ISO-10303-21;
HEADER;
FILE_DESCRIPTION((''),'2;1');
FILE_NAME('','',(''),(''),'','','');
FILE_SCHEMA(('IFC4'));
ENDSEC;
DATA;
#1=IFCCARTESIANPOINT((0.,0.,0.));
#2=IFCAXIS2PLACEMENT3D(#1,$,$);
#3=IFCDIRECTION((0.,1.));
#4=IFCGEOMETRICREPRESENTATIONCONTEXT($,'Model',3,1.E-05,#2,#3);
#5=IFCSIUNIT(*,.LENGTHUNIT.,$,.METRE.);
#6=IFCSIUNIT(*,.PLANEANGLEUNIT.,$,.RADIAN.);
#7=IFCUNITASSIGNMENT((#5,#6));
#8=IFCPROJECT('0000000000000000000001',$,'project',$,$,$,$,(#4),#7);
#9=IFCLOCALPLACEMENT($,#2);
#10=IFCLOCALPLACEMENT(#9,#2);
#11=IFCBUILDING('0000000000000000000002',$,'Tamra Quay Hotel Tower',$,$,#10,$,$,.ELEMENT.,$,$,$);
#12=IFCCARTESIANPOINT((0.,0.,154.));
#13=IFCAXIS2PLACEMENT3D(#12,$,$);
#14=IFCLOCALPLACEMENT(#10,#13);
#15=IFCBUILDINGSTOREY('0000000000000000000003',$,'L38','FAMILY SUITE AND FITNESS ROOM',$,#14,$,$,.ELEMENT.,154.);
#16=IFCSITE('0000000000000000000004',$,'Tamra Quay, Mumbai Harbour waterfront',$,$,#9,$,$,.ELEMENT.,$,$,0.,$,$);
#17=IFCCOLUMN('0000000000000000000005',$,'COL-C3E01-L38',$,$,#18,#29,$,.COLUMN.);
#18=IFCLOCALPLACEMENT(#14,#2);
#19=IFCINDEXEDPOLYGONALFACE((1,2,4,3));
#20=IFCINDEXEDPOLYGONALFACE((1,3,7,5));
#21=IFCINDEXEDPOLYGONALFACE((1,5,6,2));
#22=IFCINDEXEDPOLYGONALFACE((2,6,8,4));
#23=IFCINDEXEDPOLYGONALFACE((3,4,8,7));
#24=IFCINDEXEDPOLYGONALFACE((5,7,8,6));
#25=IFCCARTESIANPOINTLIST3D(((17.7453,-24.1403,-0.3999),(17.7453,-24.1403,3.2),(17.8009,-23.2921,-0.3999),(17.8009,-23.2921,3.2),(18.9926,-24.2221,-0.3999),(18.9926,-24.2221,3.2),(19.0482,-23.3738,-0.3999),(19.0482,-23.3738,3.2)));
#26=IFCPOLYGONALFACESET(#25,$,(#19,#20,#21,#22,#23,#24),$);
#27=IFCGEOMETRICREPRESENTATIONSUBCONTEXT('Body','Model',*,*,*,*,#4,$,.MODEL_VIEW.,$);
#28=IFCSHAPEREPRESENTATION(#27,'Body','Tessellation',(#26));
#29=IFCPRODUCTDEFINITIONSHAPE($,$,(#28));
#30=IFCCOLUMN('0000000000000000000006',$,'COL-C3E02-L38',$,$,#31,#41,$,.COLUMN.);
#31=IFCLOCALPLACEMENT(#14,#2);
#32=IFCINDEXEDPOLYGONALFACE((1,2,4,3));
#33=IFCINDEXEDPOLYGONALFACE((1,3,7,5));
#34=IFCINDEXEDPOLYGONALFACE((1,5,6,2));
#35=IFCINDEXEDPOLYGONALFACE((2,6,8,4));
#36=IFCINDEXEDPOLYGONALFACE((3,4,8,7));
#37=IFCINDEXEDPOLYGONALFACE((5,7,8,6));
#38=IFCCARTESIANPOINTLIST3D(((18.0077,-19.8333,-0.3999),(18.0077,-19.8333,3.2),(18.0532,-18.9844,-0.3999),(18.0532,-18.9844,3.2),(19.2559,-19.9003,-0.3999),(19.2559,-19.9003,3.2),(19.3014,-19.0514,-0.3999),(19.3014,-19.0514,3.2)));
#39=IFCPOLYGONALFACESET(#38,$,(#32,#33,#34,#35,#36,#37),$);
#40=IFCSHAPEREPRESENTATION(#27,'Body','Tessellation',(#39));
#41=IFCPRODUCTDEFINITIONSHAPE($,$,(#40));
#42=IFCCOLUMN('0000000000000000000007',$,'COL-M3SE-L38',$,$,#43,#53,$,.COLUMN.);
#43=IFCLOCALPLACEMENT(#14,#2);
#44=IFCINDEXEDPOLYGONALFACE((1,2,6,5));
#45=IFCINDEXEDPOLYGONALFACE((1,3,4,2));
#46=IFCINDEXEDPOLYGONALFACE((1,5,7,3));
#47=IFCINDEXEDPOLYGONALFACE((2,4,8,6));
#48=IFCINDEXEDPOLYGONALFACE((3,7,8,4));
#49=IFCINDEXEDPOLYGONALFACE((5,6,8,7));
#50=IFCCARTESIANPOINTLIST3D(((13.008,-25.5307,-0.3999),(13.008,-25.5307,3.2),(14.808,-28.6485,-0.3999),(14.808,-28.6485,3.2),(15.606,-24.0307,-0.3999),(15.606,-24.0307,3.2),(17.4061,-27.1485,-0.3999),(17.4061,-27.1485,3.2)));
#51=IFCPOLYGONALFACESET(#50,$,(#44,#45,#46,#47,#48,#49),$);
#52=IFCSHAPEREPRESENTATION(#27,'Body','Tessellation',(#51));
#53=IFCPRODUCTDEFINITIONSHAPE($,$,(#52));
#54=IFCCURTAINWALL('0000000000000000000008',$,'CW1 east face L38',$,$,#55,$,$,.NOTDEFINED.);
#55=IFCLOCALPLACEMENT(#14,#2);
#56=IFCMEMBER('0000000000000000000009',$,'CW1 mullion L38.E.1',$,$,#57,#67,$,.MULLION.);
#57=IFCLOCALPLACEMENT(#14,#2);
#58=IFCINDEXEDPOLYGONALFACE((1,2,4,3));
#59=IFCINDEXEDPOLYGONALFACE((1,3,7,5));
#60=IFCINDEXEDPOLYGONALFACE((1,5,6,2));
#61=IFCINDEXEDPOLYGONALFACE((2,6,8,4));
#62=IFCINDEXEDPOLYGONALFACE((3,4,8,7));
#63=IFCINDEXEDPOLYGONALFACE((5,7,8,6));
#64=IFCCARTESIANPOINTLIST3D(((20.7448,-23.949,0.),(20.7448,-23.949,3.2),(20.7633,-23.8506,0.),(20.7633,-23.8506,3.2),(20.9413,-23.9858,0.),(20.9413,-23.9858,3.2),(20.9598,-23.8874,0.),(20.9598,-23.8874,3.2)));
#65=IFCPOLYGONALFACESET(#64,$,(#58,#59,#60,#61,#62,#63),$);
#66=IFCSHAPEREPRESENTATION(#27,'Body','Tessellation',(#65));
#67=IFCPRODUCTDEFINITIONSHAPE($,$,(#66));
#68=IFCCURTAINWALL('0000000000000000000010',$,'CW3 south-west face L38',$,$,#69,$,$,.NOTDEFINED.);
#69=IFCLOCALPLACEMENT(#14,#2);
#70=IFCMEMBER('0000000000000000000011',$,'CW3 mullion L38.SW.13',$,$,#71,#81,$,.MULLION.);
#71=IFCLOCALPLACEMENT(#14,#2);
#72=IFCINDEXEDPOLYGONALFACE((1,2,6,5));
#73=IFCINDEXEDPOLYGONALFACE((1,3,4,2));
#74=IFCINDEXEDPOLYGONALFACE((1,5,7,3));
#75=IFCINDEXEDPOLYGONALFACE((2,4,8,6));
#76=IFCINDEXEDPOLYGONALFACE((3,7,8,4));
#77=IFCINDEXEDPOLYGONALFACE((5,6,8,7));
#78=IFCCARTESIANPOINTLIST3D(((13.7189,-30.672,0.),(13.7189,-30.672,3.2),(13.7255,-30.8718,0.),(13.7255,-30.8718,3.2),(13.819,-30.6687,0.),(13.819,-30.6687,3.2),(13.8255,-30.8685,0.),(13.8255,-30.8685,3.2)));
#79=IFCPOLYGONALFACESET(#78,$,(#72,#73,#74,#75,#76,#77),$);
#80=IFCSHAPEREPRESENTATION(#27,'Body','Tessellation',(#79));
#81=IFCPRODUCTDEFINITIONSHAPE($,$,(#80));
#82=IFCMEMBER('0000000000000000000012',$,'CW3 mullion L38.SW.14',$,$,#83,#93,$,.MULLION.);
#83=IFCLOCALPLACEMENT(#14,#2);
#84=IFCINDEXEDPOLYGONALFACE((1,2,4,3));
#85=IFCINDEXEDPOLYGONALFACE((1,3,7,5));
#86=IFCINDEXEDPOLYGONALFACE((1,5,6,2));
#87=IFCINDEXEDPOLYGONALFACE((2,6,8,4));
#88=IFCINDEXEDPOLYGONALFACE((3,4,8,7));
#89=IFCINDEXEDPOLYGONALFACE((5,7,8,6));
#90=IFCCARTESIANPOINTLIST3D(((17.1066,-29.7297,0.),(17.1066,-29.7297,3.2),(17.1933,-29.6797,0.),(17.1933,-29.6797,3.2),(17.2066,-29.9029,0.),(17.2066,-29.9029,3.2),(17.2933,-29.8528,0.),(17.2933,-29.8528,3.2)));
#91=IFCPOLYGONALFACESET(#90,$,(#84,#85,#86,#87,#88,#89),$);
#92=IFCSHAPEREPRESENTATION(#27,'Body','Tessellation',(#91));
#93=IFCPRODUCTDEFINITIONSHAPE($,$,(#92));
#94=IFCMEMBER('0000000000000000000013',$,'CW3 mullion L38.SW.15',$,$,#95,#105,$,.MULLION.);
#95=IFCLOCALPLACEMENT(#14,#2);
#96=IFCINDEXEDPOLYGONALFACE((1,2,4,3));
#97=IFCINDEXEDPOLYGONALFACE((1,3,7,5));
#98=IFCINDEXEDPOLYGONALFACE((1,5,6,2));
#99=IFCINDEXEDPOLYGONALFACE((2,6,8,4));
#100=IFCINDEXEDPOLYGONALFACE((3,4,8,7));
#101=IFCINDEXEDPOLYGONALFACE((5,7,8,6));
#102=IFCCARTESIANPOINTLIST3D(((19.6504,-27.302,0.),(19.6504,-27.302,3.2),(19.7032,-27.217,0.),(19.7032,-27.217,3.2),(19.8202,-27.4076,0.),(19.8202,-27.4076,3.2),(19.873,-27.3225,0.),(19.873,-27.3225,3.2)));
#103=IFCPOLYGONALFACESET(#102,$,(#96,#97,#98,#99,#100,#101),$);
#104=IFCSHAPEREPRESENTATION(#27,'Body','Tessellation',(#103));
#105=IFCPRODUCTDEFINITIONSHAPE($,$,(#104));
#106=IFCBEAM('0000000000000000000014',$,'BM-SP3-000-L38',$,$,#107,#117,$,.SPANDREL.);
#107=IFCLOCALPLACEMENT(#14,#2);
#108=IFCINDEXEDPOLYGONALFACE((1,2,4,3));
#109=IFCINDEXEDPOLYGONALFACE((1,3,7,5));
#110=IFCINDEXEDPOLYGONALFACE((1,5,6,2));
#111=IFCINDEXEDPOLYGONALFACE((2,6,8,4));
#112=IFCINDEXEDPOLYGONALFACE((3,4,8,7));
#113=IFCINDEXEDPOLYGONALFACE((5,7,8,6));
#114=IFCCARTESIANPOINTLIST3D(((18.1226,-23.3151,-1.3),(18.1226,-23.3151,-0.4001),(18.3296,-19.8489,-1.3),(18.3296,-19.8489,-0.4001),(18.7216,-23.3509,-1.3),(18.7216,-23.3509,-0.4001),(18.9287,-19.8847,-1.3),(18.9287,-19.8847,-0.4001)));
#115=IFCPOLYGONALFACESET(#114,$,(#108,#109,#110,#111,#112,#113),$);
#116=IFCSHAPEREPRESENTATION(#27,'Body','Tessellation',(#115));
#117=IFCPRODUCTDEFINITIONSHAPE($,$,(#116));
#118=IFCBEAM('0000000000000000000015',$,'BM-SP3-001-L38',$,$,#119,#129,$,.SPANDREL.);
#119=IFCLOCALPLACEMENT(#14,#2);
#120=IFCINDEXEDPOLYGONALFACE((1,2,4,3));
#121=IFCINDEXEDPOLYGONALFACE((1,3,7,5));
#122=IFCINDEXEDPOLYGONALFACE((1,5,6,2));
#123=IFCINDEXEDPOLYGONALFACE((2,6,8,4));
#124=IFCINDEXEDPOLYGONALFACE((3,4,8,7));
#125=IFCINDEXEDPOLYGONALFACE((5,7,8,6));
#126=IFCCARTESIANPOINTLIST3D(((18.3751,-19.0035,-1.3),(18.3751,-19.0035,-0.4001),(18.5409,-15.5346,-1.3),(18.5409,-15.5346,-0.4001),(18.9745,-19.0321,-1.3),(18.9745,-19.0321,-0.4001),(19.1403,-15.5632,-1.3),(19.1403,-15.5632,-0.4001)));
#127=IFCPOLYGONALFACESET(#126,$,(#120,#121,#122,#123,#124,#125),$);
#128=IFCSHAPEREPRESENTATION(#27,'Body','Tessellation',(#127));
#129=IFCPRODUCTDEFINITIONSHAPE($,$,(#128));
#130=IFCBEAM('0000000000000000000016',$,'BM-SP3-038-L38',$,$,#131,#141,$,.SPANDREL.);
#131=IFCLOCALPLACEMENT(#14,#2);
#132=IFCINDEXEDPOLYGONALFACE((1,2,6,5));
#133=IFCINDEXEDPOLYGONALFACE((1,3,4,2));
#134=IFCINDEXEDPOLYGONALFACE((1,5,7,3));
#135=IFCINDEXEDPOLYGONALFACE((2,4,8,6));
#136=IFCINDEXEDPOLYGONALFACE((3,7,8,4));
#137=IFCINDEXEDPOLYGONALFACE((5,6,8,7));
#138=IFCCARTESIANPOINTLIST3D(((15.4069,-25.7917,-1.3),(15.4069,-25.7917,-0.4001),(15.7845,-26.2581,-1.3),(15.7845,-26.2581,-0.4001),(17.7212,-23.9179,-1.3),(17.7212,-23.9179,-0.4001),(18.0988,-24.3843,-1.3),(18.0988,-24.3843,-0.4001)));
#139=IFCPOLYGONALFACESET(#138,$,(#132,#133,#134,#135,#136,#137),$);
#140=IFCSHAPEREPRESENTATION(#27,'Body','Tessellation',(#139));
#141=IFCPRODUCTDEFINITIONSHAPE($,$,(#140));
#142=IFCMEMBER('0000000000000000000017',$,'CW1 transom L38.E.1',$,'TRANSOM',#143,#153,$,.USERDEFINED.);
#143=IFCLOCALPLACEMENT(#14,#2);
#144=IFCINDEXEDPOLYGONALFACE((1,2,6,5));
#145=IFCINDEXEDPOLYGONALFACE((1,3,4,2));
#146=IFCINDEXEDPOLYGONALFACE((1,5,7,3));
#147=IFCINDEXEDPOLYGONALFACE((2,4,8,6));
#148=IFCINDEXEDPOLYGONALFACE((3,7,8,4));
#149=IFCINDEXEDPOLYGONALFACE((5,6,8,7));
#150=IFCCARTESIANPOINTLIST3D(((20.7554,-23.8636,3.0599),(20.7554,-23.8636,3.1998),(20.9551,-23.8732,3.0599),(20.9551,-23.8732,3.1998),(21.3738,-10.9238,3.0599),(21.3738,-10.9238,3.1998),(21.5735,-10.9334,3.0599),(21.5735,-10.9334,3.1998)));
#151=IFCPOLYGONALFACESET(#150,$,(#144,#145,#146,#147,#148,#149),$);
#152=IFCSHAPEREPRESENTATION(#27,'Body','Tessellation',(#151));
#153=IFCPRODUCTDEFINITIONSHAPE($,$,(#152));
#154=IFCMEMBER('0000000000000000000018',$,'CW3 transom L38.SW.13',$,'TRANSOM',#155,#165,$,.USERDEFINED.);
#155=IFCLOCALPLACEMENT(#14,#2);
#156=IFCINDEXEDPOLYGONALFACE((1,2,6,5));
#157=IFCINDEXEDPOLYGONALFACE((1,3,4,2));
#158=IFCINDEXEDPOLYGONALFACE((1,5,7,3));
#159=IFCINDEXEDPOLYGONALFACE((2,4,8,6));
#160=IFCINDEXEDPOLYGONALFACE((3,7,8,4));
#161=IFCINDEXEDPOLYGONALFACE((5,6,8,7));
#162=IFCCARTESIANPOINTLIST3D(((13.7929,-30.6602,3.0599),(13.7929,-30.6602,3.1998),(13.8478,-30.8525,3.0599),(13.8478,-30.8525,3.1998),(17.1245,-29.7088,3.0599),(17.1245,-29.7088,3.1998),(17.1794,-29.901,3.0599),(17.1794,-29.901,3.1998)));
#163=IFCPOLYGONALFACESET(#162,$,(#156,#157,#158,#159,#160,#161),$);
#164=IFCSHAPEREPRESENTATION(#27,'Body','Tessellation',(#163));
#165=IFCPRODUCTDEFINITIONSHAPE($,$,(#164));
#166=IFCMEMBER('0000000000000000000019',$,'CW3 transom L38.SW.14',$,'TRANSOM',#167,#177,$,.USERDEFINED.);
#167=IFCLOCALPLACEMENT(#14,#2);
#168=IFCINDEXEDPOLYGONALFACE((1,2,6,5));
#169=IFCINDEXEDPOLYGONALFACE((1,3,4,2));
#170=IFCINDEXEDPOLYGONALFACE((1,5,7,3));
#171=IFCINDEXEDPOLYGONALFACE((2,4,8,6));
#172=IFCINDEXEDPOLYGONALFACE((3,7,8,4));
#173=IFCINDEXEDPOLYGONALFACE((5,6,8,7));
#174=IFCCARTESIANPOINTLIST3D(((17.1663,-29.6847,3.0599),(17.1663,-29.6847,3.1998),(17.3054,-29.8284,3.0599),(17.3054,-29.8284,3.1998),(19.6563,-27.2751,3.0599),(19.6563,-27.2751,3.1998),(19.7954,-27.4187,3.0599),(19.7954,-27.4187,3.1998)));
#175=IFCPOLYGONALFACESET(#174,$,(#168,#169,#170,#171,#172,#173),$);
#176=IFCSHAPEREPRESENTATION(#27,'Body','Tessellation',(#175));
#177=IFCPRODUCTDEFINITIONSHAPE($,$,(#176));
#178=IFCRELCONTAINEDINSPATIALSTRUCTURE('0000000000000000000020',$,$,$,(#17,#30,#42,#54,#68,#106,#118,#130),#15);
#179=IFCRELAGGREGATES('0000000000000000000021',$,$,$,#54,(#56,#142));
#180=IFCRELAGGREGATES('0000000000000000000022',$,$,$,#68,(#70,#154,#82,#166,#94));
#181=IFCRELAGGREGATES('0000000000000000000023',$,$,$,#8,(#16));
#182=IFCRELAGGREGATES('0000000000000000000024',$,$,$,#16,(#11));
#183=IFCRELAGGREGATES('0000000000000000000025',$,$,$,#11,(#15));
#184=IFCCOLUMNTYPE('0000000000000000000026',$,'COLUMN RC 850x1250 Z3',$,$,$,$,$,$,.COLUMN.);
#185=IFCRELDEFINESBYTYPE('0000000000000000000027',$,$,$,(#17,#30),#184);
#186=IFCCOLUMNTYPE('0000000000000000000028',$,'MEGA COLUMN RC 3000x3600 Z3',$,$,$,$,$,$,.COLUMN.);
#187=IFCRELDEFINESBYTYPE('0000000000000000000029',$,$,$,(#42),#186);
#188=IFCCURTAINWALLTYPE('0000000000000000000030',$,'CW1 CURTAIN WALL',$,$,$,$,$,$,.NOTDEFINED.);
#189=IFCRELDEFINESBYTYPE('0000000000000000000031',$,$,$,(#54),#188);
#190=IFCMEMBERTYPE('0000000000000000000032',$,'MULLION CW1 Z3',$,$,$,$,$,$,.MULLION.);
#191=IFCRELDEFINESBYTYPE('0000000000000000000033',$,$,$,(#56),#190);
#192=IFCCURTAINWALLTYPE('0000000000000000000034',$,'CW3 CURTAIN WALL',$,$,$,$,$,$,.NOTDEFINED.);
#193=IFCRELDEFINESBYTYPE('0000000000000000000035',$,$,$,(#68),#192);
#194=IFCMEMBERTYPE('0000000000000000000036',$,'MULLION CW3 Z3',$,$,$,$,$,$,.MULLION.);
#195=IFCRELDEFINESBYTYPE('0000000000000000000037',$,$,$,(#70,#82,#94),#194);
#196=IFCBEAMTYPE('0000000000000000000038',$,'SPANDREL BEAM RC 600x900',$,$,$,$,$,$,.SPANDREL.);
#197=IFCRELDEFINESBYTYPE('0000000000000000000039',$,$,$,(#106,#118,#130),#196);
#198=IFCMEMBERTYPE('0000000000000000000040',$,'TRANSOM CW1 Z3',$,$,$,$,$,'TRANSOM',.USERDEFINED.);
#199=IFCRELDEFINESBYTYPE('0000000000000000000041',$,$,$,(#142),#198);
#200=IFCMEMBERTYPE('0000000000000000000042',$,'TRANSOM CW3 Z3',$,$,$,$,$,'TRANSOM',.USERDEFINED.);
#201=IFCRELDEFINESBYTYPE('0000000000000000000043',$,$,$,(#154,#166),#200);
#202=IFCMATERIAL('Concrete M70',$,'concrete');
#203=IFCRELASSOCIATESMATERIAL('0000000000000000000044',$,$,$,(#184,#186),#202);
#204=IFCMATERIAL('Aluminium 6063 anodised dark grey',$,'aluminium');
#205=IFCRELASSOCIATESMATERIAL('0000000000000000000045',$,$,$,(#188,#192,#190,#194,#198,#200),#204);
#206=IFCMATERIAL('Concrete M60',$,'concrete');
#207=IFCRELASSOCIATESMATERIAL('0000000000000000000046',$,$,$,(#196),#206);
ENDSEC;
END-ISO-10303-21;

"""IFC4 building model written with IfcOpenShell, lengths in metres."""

from ifc_helpers import new_model, si_unit, direction, frame, origin, origin_2d, place, context, subcontext, project, spatial, rectangle, extrude, material, material_profile, profile_set, type_object, element, aggregate, save


model = new_model("IFC4")

# Units and contexts
model_context = context("Model", 3, precision=1e-05, world=origin(), true_north=direction((0.0, 1.0)))
body_context = subcontext(model_context, "Body", "Model", "MODEL_VIEW")
ifc_project = project(units=[si_unit("LENGTHUNIT", "METRE"), si_unit("PLANEANGLEUNIT", "RADIAN")], contexts=[model_context])

# Site, building, storey
site_placement = place(None, origin())
site = spatial("IfcSite", under=ifc_project, at=site_placement, Name="Tamra Quay, Mumbai Harbour waterfront", CompositionType="ELEMENT", RefElevation=0.0)
building_placement = place(site_placement, origin())
building = spatial("IfcBuilding", under=site, at=building_placement, Name="Tamra Quay Hotel Tower", CompositionType="ELEMENT")
storey_placement = place(building_placement, frame((0.0, 0.0, 154.0)))
storey = spatial("IfcBuildingStorey", under=building, at=storey_placement, Name="L38", Description="FAMILY SUITE AND FITNESS ROOM", CompositionType="ELEMENT", Elevation=154.0)

# Columns
ifc_material_1 = material(Name="Concrete M70", Category="concrete")
ifc_material_profile_1 = material_profile(ifc_material_1, rectangle(XDim=1.25, YDim=0.8501, at=origin_2d()), Name="COLUMN RC 850x1250 Z3")
ifc_profile_set_1 = profile_set([ifc_material_profile_1], Name="Concrete M70")
column_type_1 = type_object("IfcColumnType", Name="COLUMN RC 850x1250 Z3", PredefinedType="COLUMN", material=ifc_profile_set_1)
for number, where, z_axis, x_axis, name in (
    (1, (18.3967, -23.7571, -0.3999), (0.0, 0.0, 1.0), (-0.997858, 0.065419, 0.0), "COL-C3E01-L38"),
    (2, (18.6545, -19.4424, -0.3999), (0.0, 0.0, 1.0), (-0.998562, 0.053603, 0.0), "COL-C3E02-L38"),
):
    element("IfcColumn", number, at=place(storey_placement, frame(where, z_axis=z_axis, x_axis=x_axis)), inside=storey, type_object=column_type_1, Name=name, PredefinedType="COLUMN", context=body_context, shape_type="SweptSolid", body=[
        extrude(rectangle(XDim=1.25, YDim=0.8501, at=origin_2d()), origin(), (0.0, 0.0, 1.0), 3.5999),
    ])
ifc_material_profile_2 = material_profile(ifc_material_1, rectangle(XDim=3.6001, YDim=3.0, at=origin_2d()), Name="MEGA COLUMN RC 3000x3600 Z3")
ifc_profile_set_2 = profile_set([ifc_material_profile_2], Name="Concrete M70")
column_type_2 = type_object("IfcColumnType", Name="MEGA COLUMN RC 3000x3600 Z3", PredefinedType="COLUMN", material=ifc_profile_set_2)
column_placement = place(storey_placement, frame((15.207, -26.3396, -0.3999), z_axis=(0.0, 0.0, 1.0), x_axis=(-0.5, 0.866025, 0.0)))
element("IfcColumn", 3, at=column_placement, inside=storey, type_object=column_type_2, Name="COL-M3SE-L38", PredefinedType="COLUMN", context=body_context, shape_type="SweptSolid", body=[
    extrude(rectangle(XDim=3.6001, YDim=3.0, at=origin_2d()), origin(), (0.0, 0.0, 1.0), 3.5999),
])

# Curtain wall, member
ifc_material_2 = material(Name="Aluminium 6063 anodised dark grey", Category="aluminium")
curtain_wall_type_1 = type_object("IfcCurtainWallType", Name="CW1 CURTAIN WALL", PredefinedType="NOTDEFINED", material=ifc_material_2)
curtain_wall_1_placement = place(storey_placement, origin())
curtain_wall_1 = element("IfcCurtainWall", 4, at=curtain_wall_1_placement, inside=storey, type_object=curtain_wall_type_1, Name="CW1 east face L38", PredefinedType="NOTDEFINED")
ifc_material_profile_3 = material_profile(ifc_material_2, rectangle(XDim=0.2, YDim=0.1001, at=origin_2d()), Name="MULLION 100X200")
ifc_profile_set_3 = profile_set([ifc_material_profile_3], Name="Aluminium 6063 anodised dark grey")
member_type_1 = type_object("IfcMemberType", Name="MULLION CW1 Z3", PredefinedType="MULLION", material=ifc_profile_set_3)
member_1_placement = place(storey_placement, frame((20.8523, -23.9182, 0.0), z_axis=(0.0, 0.0, 1.0), x_axis=(0.982883, -0.18423, 0.0)))
member_1 = element("IfcMember", 5, at=member_1_placement, type_object=member_type_1, Name="CW1 mullion L38.E.1", PredefinedType="MULLION", context=body_context, shape_type="SweptSolid", body=[
    extrude(rectangle(XDim=0.2, YDim=0.1001, at=origin_2d()), origin(), (0.0, 0.0, 1.0), 3.2),
])

# Curtain wall, members
curtain_wall_type_2 = type_object("IfcCurtainWallType", Name="CW3 CURTAIN WALL", PredefinedType="NOTDEFINED", material=ifc_material_2)
curtain_wall_2_placement = place(storey_placement, origin())
curtain_wall_2 = element("IfcCurtainWall", 6, at=curtain_wall_2_placement, inside=storey, type_object=curtain_wall_type_2, Name="CW3 south-west face L38", PredefinedType="NOTDEFINED")
ifc_material_profile_4 = material_profile(ifc_material_2, rectangle(XDim=0.2, YDim=0.1001, at=origin_2d()), Name="MULLION 100X200")
ifc_profile_set_4 = profile_set([ifc_material_profile_4], Name="Aluminium 6063 anodised dark grey")
member_type_2 = type_object("IfcMemberType", Name="MULLION CW3 Z3", PredefinedType="MULLION", material=ifc_profile_set_4)
member_2_placement = place(storey_placement, frame((13.7722, -30.7703, 0.0), z_axis=(0.0, 0.0, 1.0), x_axis=(0.032727, -0.999464, 0.0)))
member_2 = element("IfcMember", 7, at=member_2_placement, type_object=member_type_2, Name="CW3 mullion L38.SW.13", PredefinedType="MULLION", context=body_context, shape_type="SweptSolid", body=[
    extrude(rectangle(XDim=0.2, YDim=0.1001, at=origin_2d()), origin(), (0.0, 0.0, 1.0), 3.2),
])
member_3_placement = place(storey_placement, frame((17.2, -29.7913, 0.0), z_axis=(0.0, 0.0, 1.0), x_axis=(0.5, -0.866025, 0.0)))
member_3 = element("IfcMember", 8, at=member_3_placement, type_object=member_type_2, Name="CW3 mullion L38.SW.14", PredefinedType="MULLION", context=body_context, shape_type="SweptSolid", body=[
    extrude(rectangle(XDim=0.2, YDim=0.1001, at=origin_2d()), origin(), (0.0, 0.0, 1.0), 3.2),
])
member_4_placement = place(storey_placement, frame((19.7617, -27.3123, 0.0), z_axis=(0.0, 0.0, 1.0), x_axis=(0.849198, -0.528075, 0.0)))
member_4 = element("IfcMember", 9, at=member_4_placement, type_object=member_type_2, Name="CW3 mullion L38.SW.15", PredefinedType="MULLION", context=body_context, shape_type="SweptSolid", body=[
    extrude(rectangle(XDim=0.2, YDim=0.1001, at=origin_2d()), origin(), (0.0, 0.0, 1.0), 3.2),
])

# Beams
ifc_material_3 = material(Name="Concrete M60", Category="concrete")
ifc_material_profile_5 = material_profile(ifc_material_3, rectangle(XDim=0.6001, YDim=0.8999, at=origin_2d()), Name="SPANDREL BEAM RC 600x900")
ifc_profile_set_5 = profile_set([ifc_material_profile_5], Name="Concrete M60")
beam_type = type_object("IfcBeamType", Name="SPANDREL BEAM RC 600x900", PredefinedType="SPANDREL", material=ifc_profile_set_5)
beam_1_placement = place(storey_placement, frame((18.4221, -23.333, -0.8501), z_axis=(0.05962, 0.998221, 0.0), x_axis=(-0.998221, 0.05962, 0.0)))
element("IfcBeam", 10, at=beam_1_placement, inside=storey, type_object=beam_type, Name="BM-SP3-000-L38", PredefinedType="SPANDREL", context=body_context, shape_type="SweptSolid", body=[
    extrude(rectangle(XDim=0.6001, YDim=0.8999, at=origin_2d()), origin(), (0.0, 0.0, 1.0), 3.4724),
])
beam_2_placement = place(storey_placement, frame((18.6748, -19.0178, -0.8501), z_axis=(0.047732, 0.99886, 0.0), x_axis=(-0.99886, 0.047732, 0.0)))
element("IfcBeam", 11, at=beam_2_placement, inside=storey, type_object=beam_type, Name="BM-SP3-001-L38", PredefinedType="SPANDREL", context=body_context, shape_type="SweptSolid", body=[
    extrude(rectangle(XDim=0.6001, YDim=0.8999, at=origin_2d()), origin(), (0.0, 0.0, 1.0), 3.4729),
])
beam_3_placement = place(storey_placement, frame((15.5957, -26.0249, -0.8501), z_axis=(0.777184, 0.629274, 0.0), x_axis=(-0.629274, 0.777184, 0.0)))
element("IfcBeam", 12, at=beam_3_placement, inside=storey, type_object=beam_type, Name="BM-SP3-038-L38", PredefinedType="SPANDREL", context=body_context, shape_type="SweptSolid", body=[
    extrude(rectangle(XDim=0.6001, YDim=0.8999, at=origin_2d()), origin(), (0.0, 0.0, 1.0), 2.9778),
])

# Members
ifc_material_profile_6 = material_profile(ifc_material_2, rectangle(XDim=0.2, YDim=0.1399, at=origin_2d()), Name="TRANSOM 200X140")
ifc_profile_set_6 = profile_set([ifc_material_profile_6], Name="Aluminium 6063 anodised dark grey")
member_type_3 = type_object("IfcMemberType", Name="TRANSOM CW1 Z3", ElementType="TRANSOM", PredefinedType="USERDEFINED", material=ifc_profile_set_6)
member_5_placement = place(storey_placement, frame((20.8552, -23.8684, 3.1299), z_axis=(0.047736, 0.99886, 0.0), x_axis=(-0.99886, 0.047736, 0.0)))
member_5 = element("IfcMember", 13, at=member_5_placement, type_object=member_type_3, Name="CW1 transom L38.E.1", ObjectType="TRANSOM", PredefinedType="USERDEFINED", context=body_context, shape_type="SweptSolid", body=[
    extrude(rectangle(XDim=0.2, YDim=0.1399, at=origin_2d()), origin(), (0.0, 0.0, 1.0), 12.9546),
])
ifc_material_profile_7 = material_profile(ifc_material_2, rectangle(XDim=0.2, YDim=0.1399, at=origin_2d()), Name="TRANSOM 200X140")
ifc_profile_set_7 = profile_set([ifc_material_profile_7], Name="Aluminium 6063 anodised dark grey")
member_type_4 = type_object("IfcMemberType", Name="TRANSOM CW3 Z3", ElementType="TRANSOM", PredefinedType="USERDEFINED", material=ifc_profile_set_7)
member_6_placement = place(storey_placement, frame((13.8203, -30.7563, 3.1299), z_axis=(0.961559, 0.2746, 0.0), x_axis=(-0.2746, 0.961559, 0.0)))
member_6 = element("IfcMember", 14, at=member_6_placement, type_object=member_type_4, Name="CW3 transom L38.SW.13", ObjectType="TRANSOM", PredefinedType="USERDEFINED", context=body_context, shape_type="SweptSolid", body=[
    extrude(rectangle(XDim=0.2, YDim=0.1399, at=origin_2d()), origin(), (0.0, 0.0, 1.0), 3.4648),
])
member_7_placement = place(storey_placement, frame((17.2358, -29.7566, 3.1299), z_axis=(0.718602, 0.695421, 0.0), x_axis=(-0.695421, 0.718602, 0.0)))
member_7 = element("IfcMember", 15, at=member_7_placement, type_object=member_type_4, Name="CW3 transom L38.SW.14", ObjectType="TRANSOM", PredefinedType="USERDEFINED", context=body_context, shape_type="SweptSolid", body=[
    extrude(rectangle(XDim=0.2, YDim=0.1399, at=origin_2d()), origin(), (0.0, 0.0, 1.0), 3.4651),
])

aggregate(curtain_wall_1, [member_1, member_5])
aggregate(curtain_wall_2, [member_2, member_6, member_3, member_7, member_4])

save(model, "model.ifc")
